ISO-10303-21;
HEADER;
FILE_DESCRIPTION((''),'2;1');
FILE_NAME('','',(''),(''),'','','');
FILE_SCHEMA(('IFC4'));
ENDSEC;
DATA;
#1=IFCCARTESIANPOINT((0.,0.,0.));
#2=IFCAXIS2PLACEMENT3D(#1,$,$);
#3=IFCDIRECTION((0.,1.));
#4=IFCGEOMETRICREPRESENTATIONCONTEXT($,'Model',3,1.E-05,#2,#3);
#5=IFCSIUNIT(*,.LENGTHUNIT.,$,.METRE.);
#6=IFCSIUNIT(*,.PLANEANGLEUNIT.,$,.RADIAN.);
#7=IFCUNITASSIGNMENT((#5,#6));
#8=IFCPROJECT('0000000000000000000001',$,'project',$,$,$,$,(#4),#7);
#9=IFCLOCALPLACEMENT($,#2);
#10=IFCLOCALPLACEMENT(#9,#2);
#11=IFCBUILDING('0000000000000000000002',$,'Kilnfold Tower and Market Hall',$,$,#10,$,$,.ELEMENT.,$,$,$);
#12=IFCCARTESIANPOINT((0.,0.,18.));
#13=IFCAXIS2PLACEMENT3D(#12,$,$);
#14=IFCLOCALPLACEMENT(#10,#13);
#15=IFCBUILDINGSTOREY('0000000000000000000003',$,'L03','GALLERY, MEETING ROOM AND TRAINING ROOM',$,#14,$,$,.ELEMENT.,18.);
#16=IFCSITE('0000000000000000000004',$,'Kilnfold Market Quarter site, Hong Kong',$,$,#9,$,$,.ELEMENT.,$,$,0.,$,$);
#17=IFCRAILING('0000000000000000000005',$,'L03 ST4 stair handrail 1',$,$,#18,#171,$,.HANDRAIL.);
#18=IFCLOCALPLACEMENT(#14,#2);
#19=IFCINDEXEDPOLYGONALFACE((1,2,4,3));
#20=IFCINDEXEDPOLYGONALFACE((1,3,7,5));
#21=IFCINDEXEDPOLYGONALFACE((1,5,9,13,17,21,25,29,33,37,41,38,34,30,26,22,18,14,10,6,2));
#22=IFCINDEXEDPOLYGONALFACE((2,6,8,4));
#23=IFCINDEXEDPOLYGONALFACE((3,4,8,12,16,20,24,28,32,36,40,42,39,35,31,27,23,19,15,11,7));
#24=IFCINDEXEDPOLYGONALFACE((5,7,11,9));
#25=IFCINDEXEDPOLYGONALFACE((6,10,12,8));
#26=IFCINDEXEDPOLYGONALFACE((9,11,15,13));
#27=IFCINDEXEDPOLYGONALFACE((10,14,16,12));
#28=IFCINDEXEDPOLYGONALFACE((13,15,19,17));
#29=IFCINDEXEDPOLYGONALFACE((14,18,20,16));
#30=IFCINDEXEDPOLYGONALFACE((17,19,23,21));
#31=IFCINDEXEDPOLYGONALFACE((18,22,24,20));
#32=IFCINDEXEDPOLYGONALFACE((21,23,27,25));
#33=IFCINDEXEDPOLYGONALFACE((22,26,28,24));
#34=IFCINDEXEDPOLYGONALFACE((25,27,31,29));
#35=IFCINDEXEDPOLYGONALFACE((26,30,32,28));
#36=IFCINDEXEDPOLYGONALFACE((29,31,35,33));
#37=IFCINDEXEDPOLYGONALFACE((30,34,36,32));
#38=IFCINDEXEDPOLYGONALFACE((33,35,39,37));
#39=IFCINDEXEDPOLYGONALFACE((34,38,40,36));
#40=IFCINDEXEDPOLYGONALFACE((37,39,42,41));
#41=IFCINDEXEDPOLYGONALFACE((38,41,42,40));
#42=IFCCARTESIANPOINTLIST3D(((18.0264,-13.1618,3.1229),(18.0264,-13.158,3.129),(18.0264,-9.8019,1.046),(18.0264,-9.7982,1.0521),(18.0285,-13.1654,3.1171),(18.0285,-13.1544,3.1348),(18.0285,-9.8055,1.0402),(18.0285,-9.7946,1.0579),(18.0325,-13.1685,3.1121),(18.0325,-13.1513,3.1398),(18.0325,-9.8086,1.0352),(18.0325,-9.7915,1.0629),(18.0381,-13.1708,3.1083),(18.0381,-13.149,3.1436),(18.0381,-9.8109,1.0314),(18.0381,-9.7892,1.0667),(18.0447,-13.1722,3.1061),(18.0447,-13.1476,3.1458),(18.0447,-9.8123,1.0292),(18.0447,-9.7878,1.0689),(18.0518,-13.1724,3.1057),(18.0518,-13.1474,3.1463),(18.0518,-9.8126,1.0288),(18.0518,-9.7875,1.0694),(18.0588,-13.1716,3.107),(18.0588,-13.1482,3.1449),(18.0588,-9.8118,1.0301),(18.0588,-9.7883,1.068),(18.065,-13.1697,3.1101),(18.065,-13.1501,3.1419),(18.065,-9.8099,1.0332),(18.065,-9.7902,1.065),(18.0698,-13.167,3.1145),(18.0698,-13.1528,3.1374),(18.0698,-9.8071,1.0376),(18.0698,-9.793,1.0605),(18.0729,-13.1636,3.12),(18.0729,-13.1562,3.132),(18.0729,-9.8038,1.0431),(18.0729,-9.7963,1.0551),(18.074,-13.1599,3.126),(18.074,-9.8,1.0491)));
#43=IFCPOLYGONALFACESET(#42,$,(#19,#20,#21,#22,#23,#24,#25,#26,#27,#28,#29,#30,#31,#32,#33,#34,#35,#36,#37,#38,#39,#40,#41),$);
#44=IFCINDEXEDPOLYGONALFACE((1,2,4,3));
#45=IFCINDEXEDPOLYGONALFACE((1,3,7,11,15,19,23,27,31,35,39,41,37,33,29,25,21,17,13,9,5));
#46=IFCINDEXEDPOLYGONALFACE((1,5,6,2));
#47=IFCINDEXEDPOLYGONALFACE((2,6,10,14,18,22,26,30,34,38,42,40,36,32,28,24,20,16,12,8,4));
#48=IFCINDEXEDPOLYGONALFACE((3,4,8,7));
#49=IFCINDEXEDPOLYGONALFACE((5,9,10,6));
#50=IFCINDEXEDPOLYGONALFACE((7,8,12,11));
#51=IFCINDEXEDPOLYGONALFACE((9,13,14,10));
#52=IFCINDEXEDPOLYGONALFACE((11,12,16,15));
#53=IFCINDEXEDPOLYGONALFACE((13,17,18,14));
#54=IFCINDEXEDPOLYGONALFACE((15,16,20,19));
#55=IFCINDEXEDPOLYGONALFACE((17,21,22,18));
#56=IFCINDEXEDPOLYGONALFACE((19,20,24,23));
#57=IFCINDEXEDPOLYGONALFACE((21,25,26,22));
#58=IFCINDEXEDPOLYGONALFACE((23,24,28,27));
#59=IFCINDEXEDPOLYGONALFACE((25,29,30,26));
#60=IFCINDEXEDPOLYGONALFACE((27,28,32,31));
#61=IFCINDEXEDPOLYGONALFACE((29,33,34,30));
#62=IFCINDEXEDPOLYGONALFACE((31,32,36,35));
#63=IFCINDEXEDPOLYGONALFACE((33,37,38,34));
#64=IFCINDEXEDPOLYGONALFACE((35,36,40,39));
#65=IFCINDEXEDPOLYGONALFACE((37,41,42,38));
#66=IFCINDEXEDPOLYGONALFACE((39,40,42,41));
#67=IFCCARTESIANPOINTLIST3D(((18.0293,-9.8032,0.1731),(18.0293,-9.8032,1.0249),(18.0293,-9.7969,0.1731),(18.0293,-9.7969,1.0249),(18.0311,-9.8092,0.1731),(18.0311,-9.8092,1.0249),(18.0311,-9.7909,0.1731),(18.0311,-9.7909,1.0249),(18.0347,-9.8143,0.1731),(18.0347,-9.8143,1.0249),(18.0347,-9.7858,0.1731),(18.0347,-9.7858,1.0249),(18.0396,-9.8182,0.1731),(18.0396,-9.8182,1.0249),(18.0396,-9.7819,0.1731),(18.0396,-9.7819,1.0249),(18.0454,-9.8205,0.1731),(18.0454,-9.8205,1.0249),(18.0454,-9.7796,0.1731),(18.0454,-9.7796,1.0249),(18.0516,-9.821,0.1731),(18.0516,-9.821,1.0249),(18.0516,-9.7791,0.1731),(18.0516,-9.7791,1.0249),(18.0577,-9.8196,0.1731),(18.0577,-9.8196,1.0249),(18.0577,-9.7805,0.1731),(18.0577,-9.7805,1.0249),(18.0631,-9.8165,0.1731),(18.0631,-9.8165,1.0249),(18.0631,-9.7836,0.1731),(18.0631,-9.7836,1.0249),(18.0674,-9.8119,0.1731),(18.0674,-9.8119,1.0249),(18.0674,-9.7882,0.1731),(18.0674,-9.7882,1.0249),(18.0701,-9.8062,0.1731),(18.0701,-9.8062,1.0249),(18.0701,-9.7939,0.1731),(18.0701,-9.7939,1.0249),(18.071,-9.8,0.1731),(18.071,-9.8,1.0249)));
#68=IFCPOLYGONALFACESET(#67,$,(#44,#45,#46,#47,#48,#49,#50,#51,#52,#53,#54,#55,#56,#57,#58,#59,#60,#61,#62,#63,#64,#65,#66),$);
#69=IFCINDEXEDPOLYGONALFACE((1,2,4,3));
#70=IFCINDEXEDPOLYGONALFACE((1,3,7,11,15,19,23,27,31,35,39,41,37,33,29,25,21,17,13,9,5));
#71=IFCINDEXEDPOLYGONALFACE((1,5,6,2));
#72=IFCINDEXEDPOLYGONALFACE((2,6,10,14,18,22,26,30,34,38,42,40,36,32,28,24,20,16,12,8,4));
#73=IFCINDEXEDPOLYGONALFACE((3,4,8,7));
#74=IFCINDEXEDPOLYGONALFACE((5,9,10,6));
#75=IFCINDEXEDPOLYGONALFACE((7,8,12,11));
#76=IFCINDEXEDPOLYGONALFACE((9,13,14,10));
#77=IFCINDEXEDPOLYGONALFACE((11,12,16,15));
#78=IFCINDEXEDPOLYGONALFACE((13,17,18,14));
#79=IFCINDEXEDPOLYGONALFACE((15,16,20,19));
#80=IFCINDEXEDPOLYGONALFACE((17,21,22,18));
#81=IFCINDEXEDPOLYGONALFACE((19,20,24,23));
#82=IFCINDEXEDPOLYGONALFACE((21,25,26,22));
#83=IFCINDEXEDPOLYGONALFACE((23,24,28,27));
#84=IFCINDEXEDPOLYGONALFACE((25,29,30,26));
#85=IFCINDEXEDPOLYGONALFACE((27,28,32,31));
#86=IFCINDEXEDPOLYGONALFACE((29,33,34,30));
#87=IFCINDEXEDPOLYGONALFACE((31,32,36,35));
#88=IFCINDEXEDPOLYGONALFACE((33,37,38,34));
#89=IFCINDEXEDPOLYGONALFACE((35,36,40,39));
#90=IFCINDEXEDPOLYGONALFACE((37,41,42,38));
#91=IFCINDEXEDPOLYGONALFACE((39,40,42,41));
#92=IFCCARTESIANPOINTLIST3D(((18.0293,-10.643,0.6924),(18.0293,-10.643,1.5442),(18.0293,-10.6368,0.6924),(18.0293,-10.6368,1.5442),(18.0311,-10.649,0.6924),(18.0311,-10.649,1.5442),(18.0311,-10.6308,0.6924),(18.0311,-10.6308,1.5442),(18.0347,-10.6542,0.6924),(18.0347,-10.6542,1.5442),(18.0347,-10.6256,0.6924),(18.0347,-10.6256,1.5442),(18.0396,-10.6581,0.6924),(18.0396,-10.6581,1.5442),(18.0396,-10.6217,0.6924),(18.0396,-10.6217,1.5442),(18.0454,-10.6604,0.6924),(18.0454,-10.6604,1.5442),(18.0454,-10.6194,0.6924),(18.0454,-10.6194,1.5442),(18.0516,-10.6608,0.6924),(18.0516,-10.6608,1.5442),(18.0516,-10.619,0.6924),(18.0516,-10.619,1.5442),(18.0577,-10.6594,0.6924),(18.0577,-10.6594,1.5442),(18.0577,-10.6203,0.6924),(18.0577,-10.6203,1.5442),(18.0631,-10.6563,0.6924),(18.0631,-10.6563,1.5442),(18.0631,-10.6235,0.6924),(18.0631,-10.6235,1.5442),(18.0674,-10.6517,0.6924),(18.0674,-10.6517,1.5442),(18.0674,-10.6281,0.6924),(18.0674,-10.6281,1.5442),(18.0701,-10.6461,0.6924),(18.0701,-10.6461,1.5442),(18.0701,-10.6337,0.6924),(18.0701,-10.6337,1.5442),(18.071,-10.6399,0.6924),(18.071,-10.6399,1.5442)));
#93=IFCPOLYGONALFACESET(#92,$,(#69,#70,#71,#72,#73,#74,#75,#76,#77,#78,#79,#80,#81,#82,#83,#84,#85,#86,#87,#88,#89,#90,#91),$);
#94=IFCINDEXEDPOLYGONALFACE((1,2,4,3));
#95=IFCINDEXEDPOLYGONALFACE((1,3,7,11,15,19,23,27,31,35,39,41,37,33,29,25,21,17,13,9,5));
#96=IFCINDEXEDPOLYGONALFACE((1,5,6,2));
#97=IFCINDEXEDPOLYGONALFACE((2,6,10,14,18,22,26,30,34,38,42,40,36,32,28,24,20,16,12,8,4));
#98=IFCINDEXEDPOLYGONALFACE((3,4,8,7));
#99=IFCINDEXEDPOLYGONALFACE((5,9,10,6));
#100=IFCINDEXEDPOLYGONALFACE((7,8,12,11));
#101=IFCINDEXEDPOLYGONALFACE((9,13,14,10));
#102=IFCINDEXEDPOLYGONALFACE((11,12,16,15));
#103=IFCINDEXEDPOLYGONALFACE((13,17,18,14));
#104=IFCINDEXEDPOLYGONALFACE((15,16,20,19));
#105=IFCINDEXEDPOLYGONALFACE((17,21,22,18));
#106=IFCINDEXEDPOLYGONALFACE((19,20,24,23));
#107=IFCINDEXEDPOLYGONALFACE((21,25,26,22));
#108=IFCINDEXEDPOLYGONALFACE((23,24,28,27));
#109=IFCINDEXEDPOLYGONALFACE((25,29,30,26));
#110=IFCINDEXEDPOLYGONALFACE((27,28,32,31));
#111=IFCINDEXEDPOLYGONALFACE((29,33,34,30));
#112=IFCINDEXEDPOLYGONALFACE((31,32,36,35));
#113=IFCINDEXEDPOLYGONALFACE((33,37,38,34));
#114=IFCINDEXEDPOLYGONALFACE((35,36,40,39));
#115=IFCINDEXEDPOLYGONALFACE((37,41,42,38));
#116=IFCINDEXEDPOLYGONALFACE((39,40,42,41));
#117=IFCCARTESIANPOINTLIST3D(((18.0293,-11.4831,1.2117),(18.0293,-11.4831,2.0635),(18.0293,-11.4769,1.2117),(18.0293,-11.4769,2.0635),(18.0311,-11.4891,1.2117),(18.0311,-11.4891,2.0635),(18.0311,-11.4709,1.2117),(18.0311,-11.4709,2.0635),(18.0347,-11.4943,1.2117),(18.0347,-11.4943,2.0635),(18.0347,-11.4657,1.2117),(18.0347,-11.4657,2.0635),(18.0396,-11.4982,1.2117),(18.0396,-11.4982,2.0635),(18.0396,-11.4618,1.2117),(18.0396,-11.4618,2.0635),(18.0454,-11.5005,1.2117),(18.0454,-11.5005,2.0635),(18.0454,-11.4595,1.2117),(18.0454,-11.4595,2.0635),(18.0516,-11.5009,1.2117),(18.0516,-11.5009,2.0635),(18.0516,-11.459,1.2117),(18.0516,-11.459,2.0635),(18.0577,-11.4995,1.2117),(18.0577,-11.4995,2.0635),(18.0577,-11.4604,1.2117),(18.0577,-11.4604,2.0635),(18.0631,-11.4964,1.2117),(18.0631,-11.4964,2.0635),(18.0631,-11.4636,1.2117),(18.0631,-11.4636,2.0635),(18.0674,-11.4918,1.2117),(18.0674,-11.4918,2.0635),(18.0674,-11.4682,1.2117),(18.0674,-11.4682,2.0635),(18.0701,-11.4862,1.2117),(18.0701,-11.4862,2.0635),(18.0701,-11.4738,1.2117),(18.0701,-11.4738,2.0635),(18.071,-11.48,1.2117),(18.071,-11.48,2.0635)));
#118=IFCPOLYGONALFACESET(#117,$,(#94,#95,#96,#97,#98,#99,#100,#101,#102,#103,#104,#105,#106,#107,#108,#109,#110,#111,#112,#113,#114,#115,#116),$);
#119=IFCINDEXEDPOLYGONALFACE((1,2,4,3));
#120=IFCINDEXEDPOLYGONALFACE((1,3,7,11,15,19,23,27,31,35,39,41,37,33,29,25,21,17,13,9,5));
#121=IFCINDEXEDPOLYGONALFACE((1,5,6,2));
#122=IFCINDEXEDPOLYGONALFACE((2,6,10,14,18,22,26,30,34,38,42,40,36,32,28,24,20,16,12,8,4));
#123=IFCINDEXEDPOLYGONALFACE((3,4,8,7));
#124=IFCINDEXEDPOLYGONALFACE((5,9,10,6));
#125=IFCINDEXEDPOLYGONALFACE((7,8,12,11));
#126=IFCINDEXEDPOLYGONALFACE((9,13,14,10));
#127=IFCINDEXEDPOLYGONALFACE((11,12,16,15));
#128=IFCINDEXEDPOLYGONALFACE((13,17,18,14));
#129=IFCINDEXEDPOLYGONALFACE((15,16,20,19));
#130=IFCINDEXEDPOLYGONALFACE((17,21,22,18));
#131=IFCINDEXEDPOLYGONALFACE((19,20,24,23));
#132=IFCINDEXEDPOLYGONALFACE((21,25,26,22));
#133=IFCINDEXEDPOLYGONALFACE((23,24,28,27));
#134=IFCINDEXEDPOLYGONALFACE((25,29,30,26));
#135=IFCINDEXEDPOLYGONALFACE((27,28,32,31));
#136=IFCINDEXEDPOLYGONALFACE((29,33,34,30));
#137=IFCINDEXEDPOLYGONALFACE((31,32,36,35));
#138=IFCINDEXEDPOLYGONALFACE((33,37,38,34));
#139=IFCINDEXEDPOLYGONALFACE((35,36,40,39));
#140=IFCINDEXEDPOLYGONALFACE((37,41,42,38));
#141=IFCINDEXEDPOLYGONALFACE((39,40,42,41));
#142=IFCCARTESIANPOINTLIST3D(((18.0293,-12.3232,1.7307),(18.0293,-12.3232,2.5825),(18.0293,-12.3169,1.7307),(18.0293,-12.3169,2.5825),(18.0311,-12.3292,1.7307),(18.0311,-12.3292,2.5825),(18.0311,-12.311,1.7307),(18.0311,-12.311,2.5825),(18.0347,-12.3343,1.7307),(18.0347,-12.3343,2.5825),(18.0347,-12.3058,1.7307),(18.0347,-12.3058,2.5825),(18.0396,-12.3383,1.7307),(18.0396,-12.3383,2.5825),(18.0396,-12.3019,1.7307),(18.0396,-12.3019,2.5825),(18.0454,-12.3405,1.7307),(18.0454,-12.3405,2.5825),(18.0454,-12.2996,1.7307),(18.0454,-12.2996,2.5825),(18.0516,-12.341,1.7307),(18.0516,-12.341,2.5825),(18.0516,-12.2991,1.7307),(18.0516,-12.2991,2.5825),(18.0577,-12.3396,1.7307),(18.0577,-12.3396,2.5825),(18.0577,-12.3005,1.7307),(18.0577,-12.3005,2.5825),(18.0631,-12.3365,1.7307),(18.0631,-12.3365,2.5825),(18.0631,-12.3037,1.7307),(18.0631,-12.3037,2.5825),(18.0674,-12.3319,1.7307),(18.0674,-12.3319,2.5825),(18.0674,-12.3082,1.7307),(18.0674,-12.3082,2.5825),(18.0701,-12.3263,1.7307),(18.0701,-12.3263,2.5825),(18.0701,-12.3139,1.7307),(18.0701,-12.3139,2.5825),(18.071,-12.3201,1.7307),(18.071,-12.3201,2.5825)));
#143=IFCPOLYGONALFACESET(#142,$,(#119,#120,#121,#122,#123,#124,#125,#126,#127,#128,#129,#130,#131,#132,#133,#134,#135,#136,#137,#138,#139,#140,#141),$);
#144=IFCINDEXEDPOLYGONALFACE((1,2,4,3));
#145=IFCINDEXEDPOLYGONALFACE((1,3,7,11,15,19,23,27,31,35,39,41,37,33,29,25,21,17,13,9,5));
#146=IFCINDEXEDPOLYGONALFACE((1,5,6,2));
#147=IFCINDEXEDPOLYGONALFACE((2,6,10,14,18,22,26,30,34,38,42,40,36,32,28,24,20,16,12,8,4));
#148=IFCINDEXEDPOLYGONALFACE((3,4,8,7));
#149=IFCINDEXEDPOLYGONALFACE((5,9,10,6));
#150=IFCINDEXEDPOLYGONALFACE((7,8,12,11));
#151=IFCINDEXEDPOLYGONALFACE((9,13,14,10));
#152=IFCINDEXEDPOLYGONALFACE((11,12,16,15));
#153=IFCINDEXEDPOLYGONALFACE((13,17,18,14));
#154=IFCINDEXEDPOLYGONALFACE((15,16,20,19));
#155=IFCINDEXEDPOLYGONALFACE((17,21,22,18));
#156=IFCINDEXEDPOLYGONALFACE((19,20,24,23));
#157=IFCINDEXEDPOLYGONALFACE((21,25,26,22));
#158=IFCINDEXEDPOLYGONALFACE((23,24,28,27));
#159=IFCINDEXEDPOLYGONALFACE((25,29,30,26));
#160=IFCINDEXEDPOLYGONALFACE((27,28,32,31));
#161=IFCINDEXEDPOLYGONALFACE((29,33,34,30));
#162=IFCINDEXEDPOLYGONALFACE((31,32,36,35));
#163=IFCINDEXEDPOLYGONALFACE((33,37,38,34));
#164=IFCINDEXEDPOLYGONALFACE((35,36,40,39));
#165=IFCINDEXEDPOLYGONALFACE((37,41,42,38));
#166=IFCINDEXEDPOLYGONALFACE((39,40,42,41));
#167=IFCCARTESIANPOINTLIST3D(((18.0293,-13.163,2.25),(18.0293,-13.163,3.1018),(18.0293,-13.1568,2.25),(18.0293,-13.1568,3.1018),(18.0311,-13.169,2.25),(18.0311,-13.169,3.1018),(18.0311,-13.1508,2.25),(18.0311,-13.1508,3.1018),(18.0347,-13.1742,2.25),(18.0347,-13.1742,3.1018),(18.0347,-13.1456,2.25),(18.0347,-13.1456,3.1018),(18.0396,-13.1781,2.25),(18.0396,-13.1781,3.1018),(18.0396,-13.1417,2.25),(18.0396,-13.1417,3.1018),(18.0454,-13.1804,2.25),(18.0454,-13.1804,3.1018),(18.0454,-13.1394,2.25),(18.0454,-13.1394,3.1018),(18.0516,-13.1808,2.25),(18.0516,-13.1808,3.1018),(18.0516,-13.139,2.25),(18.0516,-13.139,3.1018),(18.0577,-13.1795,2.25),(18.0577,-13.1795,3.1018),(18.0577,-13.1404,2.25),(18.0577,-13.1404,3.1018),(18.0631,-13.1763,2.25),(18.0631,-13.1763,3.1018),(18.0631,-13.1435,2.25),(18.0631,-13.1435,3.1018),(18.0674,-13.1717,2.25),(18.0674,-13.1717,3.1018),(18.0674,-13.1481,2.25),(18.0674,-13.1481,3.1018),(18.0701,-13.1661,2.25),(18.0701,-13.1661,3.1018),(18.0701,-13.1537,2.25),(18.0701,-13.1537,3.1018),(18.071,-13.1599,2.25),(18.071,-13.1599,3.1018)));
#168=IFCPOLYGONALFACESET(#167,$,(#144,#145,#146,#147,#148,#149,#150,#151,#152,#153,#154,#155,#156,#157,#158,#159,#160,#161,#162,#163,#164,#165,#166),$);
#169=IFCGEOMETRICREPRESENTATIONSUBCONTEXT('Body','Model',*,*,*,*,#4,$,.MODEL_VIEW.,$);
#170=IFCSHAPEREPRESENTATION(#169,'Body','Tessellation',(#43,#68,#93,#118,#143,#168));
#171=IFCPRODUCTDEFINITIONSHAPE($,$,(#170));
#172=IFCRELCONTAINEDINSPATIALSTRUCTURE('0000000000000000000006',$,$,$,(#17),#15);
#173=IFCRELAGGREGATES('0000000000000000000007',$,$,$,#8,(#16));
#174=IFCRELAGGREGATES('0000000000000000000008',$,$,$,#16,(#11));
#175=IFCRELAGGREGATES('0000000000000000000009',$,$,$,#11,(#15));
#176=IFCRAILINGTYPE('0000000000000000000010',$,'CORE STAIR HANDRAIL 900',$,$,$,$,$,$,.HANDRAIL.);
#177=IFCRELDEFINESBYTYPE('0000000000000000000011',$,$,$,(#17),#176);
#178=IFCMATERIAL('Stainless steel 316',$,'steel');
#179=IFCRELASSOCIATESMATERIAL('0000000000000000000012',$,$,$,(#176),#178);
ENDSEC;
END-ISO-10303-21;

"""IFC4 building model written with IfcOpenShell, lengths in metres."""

from ifc_helpers import new_model, si_unit, direction, frame, origin, origin_2d, place, context, subcontext, project, spatial, circle, extrude, material, type_object, element, save


model = new_model("IFC4")

# Units and contexts
model_context = context("Model", 3, precision=1e-05, world=origin(), true_north=direction((0.0, 1.0)))
body_context = subcontext(model_context, "Body", "Model", "MODEL_VIEW")
ifc_project = project(units=[si_unit("LENGTHUNIT", "METRE"), si_unit("PLANEANGLEUNIT", "RADIAN")], contexts=[model_context])

# Site, building, storey
site_placement = place(None, origin())
site = spatial("IfcSite", under=ifc_project, at=site_placement, Name="Kilnfold Market Quarter site, Hong Kong", CompositionType="ELEMENT", RefElevation=0.0)
building_placement = place(site_placement, origin())
building = spatial("IfcBuilding", under=site, at=building_placement, Name="Kilnfold Tower and Market Hall", CompositionType="ELEMENT")
storey_placement = place(building_placement, frame((0.0, 0.0, 18.0)))
storey = spatial("IfcBuildingStorey", under=building, at=storey_placement, Name="L03", Description="GALLERY, MEETING ROOM AND TRAINING ROOM", CompositionType="ELEMENT", Elevation=18.0)

# Railing
ifc_material_1 = material(Name="Stainless steel 316", Category="steel")
railing_type_1 = type_object("IfcRailingType", Name="CORE STAIR HANDRAIL 900", PredefinedType="HANDRAIL", material=ifc_material_1)
railing_1_placement = place(storey_placement, frame((18.05, -9.8, 0.1731)))
element("IfcRailing", 1, at=railing_1_placement, inside=storey, type_object=railing_type_1, Name="L03 ST4 stair handrail 1", PredefinedType="HANDRAIL", context=body_context, shape_type="SweptSolid", body=[
    extrude(circle(Radius=0.0239, at=origin_2d()), frame((0.0, 0.0, 0.876), z_axis=(0.0, -0.850606, 0.525803), x_axis=(1.0, 0.0, 0.0)), (0.0, 0.0, 1.0), 3.95),
    extrude(circle(Radius=0.021, at=origin_2d()), origin(), (0.0, 0.0, 1.0), 0.8518),
    extrude(circle(Radius=0.021, at=origin_2d()), frame((0.0, -0.8398, 0.5193)), (0.0, 0.0, 1.0), 0.8518),
    extrude(circle(Radius=0.021, at=origin_2d()), frame((0.0, -1.6799, 1.0386)), (0.0, 0.0, 1.0), 0.8518),
    extrude(circle(Radius=0.021, at=origin_2d()), frame((0.0, -2.52, 1.5576)), (0.0, 0.0, 1.0), 0.8518),
    extrude(circle(Radius=0.021, at=origin_2d()), frame((0.0, -3.3599, 2.0769)), (0.0, 0.0, 1.0), 0.8518),
])

save(model, "model.ifc")
